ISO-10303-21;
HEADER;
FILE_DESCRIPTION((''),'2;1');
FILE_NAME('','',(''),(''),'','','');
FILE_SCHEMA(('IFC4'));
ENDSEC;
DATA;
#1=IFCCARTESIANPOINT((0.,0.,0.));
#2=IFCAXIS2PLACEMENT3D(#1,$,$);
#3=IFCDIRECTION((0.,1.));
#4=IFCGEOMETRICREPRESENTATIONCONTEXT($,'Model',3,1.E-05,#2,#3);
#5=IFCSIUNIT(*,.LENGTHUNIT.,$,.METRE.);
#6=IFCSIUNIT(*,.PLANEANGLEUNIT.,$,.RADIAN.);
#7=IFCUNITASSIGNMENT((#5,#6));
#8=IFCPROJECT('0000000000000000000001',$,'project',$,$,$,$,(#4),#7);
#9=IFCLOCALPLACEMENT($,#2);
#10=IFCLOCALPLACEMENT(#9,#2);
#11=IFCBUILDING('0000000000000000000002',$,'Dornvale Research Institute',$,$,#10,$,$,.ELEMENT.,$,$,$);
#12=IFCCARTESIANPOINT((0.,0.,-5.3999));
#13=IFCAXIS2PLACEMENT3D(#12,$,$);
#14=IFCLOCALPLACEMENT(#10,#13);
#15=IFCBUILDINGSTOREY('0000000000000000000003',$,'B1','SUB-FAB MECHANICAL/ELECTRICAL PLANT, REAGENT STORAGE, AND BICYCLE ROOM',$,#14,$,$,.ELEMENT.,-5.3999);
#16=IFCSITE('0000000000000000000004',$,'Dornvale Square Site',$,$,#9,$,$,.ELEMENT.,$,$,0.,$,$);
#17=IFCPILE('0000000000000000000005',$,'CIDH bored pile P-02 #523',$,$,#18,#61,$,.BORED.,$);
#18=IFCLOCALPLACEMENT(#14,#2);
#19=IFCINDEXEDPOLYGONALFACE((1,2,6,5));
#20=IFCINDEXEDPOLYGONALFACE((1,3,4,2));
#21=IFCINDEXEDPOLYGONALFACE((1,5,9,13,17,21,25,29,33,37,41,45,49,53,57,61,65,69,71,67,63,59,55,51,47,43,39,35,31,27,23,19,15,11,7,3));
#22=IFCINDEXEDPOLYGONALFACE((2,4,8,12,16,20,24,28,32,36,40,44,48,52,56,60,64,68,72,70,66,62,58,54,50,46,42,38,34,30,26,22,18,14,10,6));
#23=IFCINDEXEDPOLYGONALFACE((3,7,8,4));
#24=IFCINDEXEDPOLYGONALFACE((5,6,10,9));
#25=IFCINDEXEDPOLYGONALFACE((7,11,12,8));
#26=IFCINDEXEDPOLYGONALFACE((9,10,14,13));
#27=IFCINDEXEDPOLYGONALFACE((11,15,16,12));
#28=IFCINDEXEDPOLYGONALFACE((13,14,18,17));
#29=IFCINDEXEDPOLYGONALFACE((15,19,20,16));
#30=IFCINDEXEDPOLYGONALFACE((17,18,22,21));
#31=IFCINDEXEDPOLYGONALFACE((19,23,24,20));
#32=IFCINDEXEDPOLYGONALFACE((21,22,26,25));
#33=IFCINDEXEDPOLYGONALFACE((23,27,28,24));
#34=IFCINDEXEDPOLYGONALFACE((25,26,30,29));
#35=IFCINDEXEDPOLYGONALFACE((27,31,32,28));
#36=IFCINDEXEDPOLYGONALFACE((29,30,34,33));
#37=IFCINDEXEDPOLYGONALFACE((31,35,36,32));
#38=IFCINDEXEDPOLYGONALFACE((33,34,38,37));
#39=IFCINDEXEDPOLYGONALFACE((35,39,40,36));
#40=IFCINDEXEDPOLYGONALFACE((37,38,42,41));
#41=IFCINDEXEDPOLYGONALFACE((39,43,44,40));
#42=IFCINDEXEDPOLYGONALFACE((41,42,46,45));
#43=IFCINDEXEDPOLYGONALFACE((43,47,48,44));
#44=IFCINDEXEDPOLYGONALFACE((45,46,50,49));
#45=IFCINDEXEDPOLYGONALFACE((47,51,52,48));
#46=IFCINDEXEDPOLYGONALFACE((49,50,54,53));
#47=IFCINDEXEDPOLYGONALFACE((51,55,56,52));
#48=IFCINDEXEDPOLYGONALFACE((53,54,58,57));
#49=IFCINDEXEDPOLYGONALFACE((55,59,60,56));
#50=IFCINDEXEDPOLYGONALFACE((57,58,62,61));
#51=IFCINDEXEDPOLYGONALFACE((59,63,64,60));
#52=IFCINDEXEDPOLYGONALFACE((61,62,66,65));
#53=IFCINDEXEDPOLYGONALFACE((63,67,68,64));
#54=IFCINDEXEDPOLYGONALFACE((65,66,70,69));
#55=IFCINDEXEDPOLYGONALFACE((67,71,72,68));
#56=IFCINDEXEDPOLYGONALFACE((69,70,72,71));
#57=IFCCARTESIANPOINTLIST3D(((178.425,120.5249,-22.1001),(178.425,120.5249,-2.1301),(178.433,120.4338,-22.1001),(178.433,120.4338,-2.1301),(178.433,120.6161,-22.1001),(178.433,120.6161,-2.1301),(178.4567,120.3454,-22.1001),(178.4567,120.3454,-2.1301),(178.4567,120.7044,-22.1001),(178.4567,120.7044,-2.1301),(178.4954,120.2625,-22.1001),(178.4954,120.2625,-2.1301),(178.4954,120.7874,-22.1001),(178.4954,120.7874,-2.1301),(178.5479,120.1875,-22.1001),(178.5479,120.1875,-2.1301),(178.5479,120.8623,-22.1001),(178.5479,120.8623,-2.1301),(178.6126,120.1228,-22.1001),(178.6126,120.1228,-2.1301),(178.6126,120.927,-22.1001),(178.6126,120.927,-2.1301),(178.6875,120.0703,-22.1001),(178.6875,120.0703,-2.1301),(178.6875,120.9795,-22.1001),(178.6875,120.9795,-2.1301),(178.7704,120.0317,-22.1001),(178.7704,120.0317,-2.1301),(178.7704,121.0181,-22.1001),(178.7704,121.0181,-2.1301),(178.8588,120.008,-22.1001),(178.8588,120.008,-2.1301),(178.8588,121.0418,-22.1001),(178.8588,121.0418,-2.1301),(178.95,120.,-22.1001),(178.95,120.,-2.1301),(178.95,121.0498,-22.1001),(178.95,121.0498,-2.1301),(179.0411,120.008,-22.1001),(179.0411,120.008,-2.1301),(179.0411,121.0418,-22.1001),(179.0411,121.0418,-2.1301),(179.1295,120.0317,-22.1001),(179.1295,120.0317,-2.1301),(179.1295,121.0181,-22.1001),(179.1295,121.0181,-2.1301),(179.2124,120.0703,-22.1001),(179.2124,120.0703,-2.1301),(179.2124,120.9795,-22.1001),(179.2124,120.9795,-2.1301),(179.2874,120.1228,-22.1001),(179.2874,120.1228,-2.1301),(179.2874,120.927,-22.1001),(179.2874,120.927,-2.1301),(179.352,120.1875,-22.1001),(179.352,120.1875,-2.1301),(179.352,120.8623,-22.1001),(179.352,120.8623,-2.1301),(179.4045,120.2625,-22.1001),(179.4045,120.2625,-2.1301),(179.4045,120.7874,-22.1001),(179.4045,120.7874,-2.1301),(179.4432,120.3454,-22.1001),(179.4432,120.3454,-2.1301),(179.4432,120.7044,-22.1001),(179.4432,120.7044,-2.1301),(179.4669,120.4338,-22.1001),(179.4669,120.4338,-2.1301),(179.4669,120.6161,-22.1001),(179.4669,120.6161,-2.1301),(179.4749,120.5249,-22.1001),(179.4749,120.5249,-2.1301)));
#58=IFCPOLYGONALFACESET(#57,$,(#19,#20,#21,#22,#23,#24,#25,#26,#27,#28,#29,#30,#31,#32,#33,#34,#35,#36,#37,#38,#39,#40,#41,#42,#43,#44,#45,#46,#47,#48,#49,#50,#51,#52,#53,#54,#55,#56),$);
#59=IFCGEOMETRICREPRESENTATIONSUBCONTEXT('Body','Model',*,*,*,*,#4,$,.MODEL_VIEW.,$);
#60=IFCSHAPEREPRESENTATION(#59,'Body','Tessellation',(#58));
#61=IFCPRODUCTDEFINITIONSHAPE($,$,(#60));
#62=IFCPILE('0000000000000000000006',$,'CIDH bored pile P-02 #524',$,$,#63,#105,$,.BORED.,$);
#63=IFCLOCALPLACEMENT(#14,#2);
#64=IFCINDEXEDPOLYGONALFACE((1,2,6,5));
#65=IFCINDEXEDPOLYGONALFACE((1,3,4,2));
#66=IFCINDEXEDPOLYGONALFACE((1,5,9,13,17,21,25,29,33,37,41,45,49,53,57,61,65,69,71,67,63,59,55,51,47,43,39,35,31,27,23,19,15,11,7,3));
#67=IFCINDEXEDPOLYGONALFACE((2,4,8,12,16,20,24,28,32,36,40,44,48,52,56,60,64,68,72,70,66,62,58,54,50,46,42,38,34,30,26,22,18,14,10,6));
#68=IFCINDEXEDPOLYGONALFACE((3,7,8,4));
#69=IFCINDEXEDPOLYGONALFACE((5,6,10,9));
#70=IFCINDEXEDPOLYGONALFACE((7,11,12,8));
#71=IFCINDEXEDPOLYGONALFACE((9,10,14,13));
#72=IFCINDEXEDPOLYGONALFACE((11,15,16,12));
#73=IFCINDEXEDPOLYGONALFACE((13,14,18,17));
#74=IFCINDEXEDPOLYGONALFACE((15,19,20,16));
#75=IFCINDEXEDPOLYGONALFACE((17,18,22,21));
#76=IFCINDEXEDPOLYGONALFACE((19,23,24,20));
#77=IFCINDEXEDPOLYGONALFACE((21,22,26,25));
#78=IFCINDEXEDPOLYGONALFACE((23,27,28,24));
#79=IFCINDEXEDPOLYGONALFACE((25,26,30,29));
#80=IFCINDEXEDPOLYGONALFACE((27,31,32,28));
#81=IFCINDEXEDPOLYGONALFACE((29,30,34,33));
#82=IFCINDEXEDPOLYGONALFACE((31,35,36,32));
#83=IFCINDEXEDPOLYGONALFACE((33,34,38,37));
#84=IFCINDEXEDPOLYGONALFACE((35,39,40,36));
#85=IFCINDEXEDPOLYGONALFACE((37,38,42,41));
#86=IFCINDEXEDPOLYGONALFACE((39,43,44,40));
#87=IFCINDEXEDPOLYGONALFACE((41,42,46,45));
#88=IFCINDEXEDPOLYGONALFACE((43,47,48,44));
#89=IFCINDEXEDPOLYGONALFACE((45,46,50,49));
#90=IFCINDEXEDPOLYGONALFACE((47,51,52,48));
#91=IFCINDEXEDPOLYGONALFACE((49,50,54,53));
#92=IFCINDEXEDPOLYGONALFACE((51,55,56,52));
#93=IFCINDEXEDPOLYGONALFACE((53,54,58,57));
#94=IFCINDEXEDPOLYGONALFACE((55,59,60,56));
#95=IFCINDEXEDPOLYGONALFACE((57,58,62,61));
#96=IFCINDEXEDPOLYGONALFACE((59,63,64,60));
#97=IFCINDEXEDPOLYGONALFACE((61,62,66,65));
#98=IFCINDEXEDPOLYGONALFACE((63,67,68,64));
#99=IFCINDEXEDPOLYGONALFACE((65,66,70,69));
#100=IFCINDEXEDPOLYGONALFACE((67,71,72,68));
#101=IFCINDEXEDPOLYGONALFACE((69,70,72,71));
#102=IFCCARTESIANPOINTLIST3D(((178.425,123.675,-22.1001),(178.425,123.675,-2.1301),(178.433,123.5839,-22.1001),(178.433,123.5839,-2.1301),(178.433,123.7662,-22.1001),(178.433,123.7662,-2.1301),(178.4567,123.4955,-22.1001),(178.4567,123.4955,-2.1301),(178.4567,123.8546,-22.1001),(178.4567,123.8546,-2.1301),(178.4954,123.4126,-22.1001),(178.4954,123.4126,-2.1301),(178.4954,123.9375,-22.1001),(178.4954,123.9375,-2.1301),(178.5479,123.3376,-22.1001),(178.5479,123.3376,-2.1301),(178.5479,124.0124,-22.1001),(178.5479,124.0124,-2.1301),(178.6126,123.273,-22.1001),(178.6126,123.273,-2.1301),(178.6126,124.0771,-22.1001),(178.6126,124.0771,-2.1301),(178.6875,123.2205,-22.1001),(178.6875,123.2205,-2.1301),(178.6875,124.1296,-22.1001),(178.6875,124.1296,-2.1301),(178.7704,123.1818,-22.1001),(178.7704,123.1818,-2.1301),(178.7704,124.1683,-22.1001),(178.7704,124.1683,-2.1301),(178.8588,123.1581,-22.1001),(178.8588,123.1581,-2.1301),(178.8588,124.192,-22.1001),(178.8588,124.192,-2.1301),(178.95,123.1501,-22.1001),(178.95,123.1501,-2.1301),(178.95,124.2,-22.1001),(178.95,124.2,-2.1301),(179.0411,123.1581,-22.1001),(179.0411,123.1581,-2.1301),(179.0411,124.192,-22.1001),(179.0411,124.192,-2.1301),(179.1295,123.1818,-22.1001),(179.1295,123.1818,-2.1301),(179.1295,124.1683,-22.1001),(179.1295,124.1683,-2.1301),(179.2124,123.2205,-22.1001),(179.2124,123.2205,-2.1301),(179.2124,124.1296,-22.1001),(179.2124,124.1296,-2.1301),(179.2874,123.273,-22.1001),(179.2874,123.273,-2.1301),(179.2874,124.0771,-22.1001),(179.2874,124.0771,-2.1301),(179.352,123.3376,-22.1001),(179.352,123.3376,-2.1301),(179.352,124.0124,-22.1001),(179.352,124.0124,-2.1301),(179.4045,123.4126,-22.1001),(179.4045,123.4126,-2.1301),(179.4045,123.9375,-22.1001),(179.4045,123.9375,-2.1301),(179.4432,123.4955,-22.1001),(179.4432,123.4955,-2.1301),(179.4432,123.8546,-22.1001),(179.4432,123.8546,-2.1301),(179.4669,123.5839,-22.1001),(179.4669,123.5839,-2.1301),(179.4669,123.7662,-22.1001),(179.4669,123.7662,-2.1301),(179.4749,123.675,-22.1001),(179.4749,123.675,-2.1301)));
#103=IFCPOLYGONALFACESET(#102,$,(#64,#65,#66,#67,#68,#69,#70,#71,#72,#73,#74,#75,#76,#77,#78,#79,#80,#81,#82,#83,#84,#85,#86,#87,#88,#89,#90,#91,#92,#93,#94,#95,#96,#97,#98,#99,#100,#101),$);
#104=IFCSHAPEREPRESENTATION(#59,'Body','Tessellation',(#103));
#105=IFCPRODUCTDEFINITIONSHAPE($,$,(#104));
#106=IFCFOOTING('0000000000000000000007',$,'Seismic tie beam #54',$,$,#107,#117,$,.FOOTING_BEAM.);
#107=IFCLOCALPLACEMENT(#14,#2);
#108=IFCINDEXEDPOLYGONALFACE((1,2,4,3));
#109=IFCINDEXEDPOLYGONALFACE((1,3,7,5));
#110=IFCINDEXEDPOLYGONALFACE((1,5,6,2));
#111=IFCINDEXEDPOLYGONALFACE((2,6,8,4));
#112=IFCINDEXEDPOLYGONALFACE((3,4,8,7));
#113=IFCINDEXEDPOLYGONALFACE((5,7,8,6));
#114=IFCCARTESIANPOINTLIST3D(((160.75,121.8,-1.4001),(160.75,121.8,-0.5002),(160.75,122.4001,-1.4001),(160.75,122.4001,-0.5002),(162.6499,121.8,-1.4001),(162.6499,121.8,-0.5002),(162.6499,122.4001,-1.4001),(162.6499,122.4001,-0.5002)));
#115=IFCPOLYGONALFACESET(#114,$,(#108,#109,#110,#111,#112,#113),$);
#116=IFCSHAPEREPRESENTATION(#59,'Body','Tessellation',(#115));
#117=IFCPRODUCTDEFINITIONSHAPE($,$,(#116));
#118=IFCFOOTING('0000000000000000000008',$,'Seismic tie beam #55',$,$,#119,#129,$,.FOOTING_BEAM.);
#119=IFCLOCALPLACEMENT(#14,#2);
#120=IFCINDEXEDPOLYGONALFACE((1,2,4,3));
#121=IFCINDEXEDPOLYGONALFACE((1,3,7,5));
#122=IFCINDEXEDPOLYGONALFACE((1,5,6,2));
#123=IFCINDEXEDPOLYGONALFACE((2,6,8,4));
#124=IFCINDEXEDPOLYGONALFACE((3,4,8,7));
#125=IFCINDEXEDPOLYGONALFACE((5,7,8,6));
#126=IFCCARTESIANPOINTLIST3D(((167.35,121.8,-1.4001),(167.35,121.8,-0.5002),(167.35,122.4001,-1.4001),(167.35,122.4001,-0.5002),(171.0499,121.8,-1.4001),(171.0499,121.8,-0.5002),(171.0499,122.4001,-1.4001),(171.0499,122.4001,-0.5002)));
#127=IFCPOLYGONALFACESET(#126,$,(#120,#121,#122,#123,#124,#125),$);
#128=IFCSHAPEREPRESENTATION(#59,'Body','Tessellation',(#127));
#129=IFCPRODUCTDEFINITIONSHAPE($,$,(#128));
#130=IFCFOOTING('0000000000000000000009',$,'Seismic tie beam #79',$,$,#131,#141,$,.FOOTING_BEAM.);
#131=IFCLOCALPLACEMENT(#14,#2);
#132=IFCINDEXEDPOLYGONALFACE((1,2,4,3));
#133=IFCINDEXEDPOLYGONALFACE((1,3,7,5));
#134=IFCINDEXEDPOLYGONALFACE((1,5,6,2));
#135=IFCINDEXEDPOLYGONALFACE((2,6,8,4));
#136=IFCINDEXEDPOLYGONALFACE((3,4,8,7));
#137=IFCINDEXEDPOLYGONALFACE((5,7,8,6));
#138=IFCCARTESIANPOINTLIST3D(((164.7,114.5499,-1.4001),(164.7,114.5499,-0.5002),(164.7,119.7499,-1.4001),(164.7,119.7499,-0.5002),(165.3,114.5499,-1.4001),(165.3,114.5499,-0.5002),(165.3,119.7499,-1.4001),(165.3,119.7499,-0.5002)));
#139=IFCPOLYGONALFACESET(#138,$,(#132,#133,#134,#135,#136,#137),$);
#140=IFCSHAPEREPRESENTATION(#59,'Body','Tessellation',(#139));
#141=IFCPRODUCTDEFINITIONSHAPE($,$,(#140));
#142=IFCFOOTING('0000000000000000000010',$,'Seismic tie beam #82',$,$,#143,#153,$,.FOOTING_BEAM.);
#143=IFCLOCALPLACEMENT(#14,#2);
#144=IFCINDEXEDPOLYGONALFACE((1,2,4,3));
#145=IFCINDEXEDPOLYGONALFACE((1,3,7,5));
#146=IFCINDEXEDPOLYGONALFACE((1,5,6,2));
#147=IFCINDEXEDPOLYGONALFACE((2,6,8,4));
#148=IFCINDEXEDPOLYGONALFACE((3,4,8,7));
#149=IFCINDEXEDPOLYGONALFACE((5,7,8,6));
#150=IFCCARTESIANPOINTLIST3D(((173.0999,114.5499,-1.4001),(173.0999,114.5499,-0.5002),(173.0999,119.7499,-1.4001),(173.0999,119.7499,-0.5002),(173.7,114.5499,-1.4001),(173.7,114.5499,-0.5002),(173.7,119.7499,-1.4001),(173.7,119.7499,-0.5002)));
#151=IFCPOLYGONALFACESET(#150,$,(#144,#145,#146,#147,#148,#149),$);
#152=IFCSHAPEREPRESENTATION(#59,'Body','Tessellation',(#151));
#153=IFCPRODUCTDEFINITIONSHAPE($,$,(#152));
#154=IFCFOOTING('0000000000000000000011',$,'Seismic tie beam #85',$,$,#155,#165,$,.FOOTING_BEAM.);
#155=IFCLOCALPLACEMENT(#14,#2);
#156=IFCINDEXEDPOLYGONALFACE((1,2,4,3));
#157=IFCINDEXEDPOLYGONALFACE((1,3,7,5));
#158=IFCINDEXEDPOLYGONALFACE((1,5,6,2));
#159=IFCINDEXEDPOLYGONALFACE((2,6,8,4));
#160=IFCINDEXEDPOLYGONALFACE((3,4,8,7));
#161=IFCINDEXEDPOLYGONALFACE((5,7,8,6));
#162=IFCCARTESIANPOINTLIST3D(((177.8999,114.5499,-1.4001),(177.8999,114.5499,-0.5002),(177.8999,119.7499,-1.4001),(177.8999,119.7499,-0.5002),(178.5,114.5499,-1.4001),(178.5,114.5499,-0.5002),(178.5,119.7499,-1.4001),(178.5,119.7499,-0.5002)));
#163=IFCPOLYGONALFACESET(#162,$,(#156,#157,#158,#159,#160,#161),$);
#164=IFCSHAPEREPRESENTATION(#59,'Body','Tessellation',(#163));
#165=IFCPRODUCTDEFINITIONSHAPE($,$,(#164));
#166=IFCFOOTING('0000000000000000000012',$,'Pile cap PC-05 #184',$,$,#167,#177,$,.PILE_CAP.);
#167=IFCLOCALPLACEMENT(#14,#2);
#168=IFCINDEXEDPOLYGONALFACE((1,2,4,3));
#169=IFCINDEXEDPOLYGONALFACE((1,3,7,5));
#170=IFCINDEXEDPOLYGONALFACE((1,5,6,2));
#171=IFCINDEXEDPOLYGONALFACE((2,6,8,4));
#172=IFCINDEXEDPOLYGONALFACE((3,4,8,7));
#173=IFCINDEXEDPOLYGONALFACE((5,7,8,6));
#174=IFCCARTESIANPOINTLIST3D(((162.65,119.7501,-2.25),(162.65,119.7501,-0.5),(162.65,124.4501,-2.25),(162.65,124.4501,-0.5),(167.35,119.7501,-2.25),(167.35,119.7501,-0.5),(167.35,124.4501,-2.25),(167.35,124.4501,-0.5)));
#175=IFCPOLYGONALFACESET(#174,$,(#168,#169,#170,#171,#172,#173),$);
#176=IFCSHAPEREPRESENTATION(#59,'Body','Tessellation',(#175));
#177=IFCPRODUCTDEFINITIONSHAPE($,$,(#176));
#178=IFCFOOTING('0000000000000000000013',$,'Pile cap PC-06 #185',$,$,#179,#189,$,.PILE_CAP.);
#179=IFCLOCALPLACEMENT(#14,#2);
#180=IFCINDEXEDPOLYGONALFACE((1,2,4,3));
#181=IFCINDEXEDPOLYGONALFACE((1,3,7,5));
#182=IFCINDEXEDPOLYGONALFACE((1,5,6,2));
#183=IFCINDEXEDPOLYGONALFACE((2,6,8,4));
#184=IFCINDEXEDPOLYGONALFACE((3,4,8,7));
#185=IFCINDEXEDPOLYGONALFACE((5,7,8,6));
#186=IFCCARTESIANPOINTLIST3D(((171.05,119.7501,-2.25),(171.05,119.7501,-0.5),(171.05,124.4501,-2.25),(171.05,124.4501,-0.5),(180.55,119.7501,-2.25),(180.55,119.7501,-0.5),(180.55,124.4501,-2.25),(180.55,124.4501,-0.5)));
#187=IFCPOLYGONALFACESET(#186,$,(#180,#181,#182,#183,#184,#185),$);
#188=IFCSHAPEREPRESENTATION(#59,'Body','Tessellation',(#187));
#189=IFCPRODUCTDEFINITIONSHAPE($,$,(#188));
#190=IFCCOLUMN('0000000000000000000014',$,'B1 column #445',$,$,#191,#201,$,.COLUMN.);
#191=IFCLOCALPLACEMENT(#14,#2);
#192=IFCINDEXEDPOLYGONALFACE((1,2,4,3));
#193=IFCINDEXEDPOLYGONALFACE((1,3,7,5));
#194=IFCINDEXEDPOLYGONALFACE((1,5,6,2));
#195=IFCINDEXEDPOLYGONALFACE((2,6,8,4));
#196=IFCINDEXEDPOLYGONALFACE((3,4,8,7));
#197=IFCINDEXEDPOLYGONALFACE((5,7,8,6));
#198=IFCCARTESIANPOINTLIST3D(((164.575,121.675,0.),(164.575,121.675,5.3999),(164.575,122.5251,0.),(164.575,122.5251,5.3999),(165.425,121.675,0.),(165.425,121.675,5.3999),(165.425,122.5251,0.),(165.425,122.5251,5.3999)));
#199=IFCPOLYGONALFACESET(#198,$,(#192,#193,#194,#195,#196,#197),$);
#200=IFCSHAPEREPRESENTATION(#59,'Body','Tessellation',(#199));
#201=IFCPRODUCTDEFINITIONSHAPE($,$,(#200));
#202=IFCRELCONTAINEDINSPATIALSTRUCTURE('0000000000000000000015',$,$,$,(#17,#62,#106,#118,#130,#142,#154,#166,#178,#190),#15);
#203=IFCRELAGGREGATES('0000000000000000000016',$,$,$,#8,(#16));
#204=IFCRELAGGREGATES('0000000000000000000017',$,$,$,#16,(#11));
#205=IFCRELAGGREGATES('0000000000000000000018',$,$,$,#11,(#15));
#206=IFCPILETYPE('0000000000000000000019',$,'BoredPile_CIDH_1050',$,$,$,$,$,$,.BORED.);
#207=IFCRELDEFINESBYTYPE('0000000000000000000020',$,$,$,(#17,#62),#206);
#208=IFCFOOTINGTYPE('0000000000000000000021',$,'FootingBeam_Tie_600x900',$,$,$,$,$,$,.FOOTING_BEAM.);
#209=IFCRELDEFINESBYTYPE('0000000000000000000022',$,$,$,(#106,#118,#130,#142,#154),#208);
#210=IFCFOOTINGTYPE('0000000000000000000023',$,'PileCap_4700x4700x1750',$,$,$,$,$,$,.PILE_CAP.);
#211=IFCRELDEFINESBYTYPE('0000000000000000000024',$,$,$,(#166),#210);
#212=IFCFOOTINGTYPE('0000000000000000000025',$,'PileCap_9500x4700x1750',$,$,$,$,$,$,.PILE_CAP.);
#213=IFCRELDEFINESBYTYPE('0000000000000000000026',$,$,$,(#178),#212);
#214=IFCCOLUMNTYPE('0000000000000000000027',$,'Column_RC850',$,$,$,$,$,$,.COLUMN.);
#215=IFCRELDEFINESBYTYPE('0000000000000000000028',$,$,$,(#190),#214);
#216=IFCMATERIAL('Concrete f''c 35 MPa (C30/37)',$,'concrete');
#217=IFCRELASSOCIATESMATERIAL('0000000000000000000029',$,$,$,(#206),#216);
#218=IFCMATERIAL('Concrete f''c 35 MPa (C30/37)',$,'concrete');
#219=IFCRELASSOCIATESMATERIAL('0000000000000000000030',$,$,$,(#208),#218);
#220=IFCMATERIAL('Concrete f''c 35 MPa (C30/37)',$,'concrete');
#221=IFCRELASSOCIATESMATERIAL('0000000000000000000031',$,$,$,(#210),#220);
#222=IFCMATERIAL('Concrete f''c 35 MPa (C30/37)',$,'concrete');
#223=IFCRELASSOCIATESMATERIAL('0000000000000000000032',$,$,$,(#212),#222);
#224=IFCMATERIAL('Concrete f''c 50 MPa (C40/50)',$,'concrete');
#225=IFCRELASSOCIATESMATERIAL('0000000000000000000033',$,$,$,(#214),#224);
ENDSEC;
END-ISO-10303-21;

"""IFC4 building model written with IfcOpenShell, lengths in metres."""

from ifc_helpers import new_model, si_unit, direction, frame, origin, origin_2d, place, context, subcontext, project, spatial, rectangle, circle, extrude, material, material_profile, profile_set, type_object, element, save


model = new_model("IFC4")

# Units and contexts
model_context = context("Model", 3, precision=1e-05, world=origin(), true_north=direction((0.0, 1.0)))
body_context = subcontext(model_context, "Body", "Model", "MODEL_VIEW")
ifc_project = project(units=[si_unit("LENGTHUNIT", "METRE"), si_unit("PLANEANGLEUNIT", "RADIAN")], contexts=[model_context])

# Site, building, storey
site_placement = place(None, origin())
site = spatial("IfcSite", under=ifc_project, at=site_placement, Name="Dornvale Square Site", CompositionType="ELEMENT", RefElevation=0.0)
building_placement = place(site_placement, origin())
building = spatial("IfcBuilding", under=site, at=building_placement, Name="Dornvale Research Institute", CompositionType="ELEMENT")
storey_placement = place(building_placement, frame((0.0, 0.0, -5.3999)))
storey = spatial("IfcBuildingStorey", under=building, at=storey_placement, Name="B1", Description="SUB-FAB MECHANICAL/ELECTRICAL PLANT, REAGENT STORAGE, AND BICYCLE ROOM", CompositionType="ELEMENT", Elevation=-5.3999)

# Piles
ifc_material_1 = material(Name="Concrete f'c 35 MPa (C30/37)", Category="concrete")
ifc_material_profile_1 = material_profile(ifc_material_1, circle(Radius=0.5249, at=origin_2d()), Name="CIDH PILE D1050")
ifc_profile_set_1 = profile_set([ifc_material_profile_1], Name="Concrete f'c 35 MPa (C30/37)")
pile_type = type_object("IfcPileType", Name="BoredPile_CIDH_1050", PredefinedType="BORED", material=ifc_profile_set_1)
for number, where, z_axis, x_axis, name in (
    (1, (178.95, 120.5249, -2.1301), (0.0, 0.0, -1.0), (1.0, 0.0, 0.0), "CIDH bored pile P-02 #523"),
    (2, (178.95, 123.675, -2.1301), (0.0, 0.0, -1.0), (1.0, 0.0, 0.0), "CIDH bored pile P-02 #524"),
):
    element("IfcPile", number, at=place(storey_placement, frame(where, z_axis=z_axis, x_axis=x_axis)), inside=storey, type_object=pile_type, Name=name, PredefinedType="BORED", context=body_context, shape_type="SweptSolid", body=[
        extrude(circle(Radius=0.5249, at=origin_2d()), origin(), (0.0, 0.0, 1.0), 19.97),
    ])

# Footings
ifc_material_2 = material(Name="Concrete f'c 35 MPa (C30/37)", Category="concrete")
footing_type_1 = type_object("IfcFootingType", Name="FootingBeam_Tie_600x900", PredefinedType="FOOTING_BEAM", material=ifc_material_2)
footing_1_placement = place(storey_placement, frame((161.7, 122.1001, -1.4001), z_axis=(0.0, 0.0, 1.0), x_axis=(1.0, 0.0, 0.0)))
element("IfcFooting", 3, at=footing_1_placement, inside=storey, type_object=footing_type_1, Name="Seismic tie beam #54", PredefinedType="FOOTING_BEAM", context=body_context, shape_type="SweptSolid", body=[
    extrude(rectangle(XDim=1.8999, YDim=0.6001, at=origin_2d()), origin(), (0.0, 0.0, 1.0), 0.8999),
])
footing_2_placement = place(storey_placement, frame((169.2, 122.1001, -1.4001), z_axis=(0.0, 0.0, 1.0), x_axis=(1.0, 0.0, 0.0)))
element("IfcFooting", 4, at=footing_2_placement, inside=storey, type_object=footing_type_1, Name="Seismic tie beam #55", PredefinedType="FOOTING_BEAM", context=body_context, shape_type="SweptSolid", body=[
    extrude(rectangle(XDim=3.7, YDim=0.6001, at=origin_2d()), origin(), (0.0, 0.0, 1.0), 0.8999),
])
for number, where, z_axis, x_axis, name in (
    (5, (165.0, 117.1499, -1.4001), (0.0, 0.0, 1.0), (0.0, 1.0, 0.0), "Seismic tie beam #79"),
    (6, (173.3999, 117.1499, -1.4001), (0.0, 0.0, 1.0), (0.0, 1.0, 0.0), "Seismic tie beam #82"),
    (7, (178.2, 117.1499, -1.4001), (0.0, 0.0, 1.0), (0.0, 1.0, 0.0), "Seismic tie beam #85"),
):
    element("IfcFooting", number, at=place(storey_placement, frame(where, z_axis=z_axis, x_axis=x_axis)), inside=storey, type_object=footing_type_1, Name=name, PredefinedType="FOOTING_BEAM", context=body_context, shape_type="SweptSolid", body=[
        extrude(rectangle(XDim=5.2, YDim=0.6001, at=origin_2d()), origin(), (0.0, 0.0, 1.0), 0.8999),
    ])
ifc_material_3 = material(Name="Concrete f'c 35 MPa (C30/37)", Category="concrete")
footing_type_2 = type_object("IfcFootingType", Name="PileCap_4700x4700x1750", PredefinedType="PILE_CAP", material=ifc_material_3)
footing_3_placement = place(storey_placement, frame((165.0, 122.1001, -2.25), z_axis=(0.0, 0.0, 1.0), x_axis=(1.0, 0.0, 0.0)))
element("IfcFooting", 8, at=footing_3_placement, inside=storey, type_object=footing_type_2, Name="Pile cap PC-05 #184", PredefinedType="PILE_CAP", context=body_context, shape_type="SweptSolid", body=[
    extrude(rectangle(XDim=4.7, YDim=4.7, at=origin_2d()), origin(), (0.0, 0.0, 1.0), 1.75),
])
ifc_material_4 = material(Name="Concrete f'c 35 MPa (C30/37)", Category="concrete")
footing_type_3 = type_object("IfcFootingType", Name="PileCap_9500x4700x1750", PredefinedType="PILE_CAP", material=ifc_material_4)
footing_4_placement = place(storey_placement, frame((175.8, 122.1001, -2.25), z_axis=(0.0, 0.0, 1.0), x_axis=(1.0, 0.0, 0.0)))
element("IfcFooting", 9, at=footing_4_placement, inside=storey, type_object=footing_type_3, Name="Pile cap PC-06 #185", PredefinedType="PILE_CAP", context=body_context, shape_type="SweptSolid", body=[
    extrude(rectangle(XDim=9.5, YDim=4.7, at=origin_2d()), origin(), (0.0, 0.0, 1.0), 1.75),
])

# Column
ifc_material_5 = material(Name="Concrete f'c 50 MPa (C40/50)", Category="concrete")
ifc_material_profile_2 = material_profile(ifc_material_5, rectangle(XDim=0.8501, YDim=0.8501, at=origin_2d()), Name="RC 850x850")
ifc_profile_set_2 = profile_set([ifc_material_profile_2], Name="Concrete f'c 50 MPa (C40/50)")
column_type = type_object("IfcColumnType", Name="Column_RC850", PredefinedType="COLUMN", material=ifc_profile_set_2)
for number, where, z_axis, x_axis, name in (
    (10, (165.0, 122.1001, 0.0), (0.0, 0.0, 1.0), (1.0, 0.0, 0.0), "B1 column #445"),
):
    element("IfcColumn", number, at=place(storey_placement, frame(where, z_axis=z_axis, x_axis=x_axis)), inside=storey, type_object=column_type, Name=name, PredefinedType="COLUMN", context=body_context, shape_type="SweptSolid", body=[
        extrude(rectangle(XDim=0.8501, YDim=0.8501, at=origin_2d()), origin(), (0.0, 0.0, 1.0), 5.3999),
    ])

save(model, "model.ifc")
